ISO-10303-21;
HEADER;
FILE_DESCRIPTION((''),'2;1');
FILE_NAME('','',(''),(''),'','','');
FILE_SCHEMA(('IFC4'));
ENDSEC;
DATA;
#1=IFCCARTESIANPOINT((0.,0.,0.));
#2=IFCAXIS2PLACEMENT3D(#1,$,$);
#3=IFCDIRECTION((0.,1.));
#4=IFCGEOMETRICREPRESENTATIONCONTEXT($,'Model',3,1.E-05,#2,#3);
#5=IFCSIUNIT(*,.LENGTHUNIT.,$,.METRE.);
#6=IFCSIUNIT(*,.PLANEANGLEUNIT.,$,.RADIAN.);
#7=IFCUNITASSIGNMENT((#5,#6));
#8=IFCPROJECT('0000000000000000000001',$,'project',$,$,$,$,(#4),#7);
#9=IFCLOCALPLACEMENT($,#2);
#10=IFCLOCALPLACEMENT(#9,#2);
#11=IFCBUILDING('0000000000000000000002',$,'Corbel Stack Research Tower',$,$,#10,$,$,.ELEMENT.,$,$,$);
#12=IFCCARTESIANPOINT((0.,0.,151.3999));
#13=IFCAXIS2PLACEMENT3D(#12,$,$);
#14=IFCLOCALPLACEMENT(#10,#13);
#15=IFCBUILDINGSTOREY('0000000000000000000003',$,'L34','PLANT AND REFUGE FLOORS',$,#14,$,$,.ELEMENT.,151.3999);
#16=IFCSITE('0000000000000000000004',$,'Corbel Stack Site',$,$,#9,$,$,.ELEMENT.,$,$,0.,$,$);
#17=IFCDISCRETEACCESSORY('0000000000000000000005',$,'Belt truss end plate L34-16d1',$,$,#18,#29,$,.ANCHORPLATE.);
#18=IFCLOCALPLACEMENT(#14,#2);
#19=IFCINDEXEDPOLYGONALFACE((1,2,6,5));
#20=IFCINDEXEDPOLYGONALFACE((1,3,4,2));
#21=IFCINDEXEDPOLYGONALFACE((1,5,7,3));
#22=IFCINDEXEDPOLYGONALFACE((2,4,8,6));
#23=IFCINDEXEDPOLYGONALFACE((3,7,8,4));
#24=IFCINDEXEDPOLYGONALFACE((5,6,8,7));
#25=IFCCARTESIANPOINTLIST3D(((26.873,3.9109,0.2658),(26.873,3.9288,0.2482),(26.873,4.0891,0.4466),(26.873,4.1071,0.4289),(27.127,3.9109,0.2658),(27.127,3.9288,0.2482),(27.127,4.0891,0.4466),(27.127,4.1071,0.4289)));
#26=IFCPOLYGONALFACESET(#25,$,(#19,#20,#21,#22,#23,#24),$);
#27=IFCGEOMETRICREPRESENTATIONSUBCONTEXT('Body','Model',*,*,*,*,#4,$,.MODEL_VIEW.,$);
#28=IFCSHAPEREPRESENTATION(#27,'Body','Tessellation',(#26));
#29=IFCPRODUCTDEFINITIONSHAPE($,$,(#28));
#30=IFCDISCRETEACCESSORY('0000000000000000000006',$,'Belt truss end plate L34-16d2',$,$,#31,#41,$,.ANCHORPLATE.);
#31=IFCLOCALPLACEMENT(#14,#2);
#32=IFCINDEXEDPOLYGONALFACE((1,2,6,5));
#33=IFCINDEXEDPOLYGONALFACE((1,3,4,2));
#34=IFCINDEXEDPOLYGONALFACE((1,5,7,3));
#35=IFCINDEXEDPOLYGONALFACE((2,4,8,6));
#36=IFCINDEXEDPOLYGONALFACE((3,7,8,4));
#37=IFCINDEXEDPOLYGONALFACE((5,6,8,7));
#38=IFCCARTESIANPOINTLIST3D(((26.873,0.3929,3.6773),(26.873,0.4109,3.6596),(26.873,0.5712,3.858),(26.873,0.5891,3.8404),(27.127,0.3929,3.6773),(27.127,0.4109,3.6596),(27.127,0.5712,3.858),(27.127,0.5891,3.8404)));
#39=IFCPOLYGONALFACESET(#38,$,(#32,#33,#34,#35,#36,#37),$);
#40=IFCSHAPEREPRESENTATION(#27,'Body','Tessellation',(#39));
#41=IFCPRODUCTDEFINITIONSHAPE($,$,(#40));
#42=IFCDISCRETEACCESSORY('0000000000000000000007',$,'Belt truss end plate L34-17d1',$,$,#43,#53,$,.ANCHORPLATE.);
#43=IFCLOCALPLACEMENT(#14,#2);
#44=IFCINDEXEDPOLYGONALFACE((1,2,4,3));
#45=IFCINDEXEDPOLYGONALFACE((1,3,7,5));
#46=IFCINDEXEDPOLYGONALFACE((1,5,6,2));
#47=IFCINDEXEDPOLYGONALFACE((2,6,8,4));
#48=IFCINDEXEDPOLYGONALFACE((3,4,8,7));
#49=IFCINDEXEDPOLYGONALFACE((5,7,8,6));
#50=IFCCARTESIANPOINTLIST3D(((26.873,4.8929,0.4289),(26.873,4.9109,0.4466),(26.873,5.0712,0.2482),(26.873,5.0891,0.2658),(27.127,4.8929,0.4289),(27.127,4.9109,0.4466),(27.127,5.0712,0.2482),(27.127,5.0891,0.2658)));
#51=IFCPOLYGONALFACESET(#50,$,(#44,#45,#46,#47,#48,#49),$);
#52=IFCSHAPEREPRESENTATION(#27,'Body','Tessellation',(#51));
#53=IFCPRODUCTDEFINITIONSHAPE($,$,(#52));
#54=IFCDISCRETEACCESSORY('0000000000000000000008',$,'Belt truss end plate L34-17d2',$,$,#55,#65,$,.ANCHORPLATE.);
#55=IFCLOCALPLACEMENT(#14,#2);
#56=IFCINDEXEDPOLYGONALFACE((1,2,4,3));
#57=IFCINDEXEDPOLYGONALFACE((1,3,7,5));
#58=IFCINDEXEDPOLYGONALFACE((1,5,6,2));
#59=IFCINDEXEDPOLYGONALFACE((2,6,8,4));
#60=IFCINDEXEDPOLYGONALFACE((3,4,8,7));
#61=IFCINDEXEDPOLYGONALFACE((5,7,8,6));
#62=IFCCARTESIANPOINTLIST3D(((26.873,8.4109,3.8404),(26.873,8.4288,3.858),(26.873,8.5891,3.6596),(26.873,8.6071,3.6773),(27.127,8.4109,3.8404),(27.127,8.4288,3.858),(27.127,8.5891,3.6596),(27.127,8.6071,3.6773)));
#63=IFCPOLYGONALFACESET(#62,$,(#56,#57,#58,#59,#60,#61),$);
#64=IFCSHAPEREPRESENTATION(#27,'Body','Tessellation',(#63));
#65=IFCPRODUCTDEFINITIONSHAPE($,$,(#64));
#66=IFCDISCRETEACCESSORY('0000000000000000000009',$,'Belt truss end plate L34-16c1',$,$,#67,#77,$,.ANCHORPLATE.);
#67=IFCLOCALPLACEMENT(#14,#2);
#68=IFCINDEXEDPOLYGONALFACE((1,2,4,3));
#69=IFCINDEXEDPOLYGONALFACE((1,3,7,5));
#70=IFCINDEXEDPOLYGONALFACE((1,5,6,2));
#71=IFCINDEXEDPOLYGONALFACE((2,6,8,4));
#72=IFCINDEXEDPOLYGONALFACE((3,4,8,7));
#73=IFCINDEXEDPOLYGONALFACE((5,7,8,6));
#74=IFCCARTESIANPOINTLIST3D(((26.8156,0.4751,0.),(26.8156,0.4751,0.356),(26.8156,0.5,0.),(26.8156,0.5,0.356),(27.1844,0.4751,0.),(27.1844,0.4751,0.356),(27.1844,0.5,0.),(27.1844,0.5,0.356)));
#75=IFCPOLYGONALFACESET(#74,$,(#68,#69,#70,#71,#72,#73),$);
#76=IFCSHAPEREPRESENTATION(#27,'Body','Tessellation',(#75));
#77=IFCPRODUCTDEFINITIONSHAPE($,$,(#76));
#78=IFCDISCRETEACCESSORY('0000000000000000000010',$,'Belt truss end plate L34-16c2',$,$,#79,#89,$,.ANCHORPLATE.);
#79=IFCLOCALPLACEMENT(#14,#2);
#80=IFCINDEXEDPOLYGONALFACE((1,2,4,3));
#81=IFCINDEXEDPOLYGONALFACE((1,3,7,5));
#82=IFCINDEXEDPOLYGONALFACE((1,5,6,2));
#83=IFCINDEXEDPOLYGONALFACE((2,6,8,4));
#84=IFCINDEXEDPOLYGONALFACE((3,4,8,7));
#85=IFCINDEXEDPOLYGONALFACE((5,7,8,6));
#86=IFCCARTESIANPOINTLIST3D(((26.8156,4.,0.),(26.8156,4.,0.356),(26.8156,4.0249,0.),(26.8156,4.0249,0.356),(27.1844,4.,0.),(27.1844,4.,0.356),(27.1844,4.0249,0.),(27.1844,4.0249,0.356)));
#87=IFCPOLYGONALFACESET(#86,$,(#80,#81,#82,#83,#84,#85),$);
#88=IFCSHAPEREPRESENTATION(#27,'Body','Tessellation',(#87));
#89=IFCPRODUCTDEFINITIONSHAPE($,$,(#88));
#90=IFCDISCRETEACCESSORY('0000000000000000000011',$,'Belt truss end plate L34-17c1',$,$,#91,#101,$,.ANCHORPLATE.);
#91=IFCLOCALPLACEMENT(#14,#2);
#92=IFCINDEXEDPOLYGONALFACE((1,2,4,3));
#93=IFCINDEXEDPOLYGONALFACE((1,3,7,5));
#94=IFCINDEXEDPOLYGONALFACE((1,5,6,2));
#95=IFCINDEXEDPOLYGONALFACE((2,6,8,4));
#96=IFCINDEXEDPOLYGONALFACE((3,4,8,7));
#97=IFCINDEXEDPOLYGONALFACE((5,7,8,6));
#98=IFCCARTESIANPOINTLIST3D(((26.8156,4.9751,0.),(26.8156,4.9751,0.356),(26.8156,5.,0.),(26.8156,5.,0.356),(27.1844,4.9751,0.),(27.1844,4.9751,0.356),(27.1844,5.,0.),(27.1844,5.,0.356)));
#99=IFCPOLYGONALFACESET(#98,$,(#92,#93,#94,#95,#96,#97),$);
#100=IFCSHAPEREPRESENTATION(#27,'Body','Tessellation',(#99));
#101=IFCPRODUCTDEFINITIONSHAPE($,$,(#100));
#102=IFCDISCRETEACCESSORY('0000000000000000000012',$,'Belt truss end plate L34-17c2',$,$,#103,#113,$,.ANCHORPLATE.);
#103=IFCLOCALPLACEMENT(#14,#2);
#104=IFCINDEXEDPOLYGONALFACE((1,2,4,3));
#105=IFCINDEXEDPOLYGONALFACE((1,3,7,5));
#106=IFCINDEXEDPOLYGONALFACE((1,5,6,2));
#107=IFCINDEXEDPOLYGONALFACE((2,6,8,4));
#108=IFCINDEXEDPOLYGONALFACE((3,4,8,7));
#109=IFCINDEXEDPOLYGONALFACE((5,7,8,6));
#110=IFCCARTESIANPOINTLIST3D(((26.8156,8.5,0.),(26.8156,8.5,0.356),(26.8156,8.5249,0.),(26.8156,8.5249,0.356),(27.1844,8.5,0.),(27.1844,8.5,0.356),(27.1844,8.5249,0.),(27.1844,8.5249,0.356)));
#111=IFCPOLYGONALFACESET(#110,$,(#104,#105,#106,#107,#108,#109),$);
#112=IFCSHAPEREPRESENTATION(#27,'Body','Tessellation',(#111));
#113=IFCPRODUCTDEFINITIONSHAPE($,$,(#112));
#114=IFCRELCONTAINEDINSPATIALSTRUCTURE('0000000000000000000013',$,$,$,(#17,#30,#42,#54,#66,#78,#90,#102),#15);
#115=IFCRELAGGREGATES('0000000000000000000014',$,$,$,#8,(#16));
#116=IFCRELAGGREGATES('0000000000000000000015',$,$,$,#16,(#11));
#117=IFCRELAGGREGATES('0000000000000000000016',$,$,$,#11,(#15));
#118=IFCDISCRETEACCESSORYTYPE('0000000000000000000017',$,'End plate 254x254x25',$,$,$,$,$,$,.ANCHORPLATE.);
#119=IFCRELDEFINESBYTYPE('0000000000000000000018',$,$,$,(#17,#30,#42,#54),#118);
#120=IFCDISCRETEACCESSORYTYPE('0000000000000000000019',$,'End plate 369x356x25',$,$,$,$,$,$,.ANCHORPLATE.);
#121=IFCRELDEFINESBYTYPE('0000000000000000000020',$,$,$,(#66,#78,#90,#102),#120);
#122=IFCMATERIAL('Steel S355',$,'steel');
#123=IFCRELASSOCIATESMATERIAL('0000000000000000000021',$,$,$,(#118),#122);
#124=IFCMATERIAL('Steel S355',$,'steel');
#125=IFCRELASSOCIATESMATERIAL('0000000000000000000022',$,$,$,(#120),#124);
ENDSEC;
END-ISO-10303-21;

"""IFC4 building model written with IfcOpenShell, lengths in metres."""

from ifc_helpers import new_model, si_unit, direction, frame, origin, origin_2d, place, context, subcontext, project, spatial, rectangle, extrude, material, material_profile, profile_set, type_object, element, save


model = new_model("IFC4")

# Units and contexts
model_context = context("Model", 3, precision=1e-05, world=origin(), true_north=direction((0.0, 1.0)))
body_context = subcontext(model_context, "Body", "Model", "MODEL_VIEW")
ifc_project = project(units=[si_unit("LENGTHUNIT", "METRE"), si_unit("PLANEANGLEUNIT", "RADIAN")], contexts=[model_context])

# Site, building, storey
site_placement = place(None, origin())
site = spatial("IfcSite", under=ifc_project, at=site_placement, Name="Corbel Stack Site", CompositionType="ELEMENT", RefElevation=0.0)
building_placement = place(site_placement, origin())
building = spatial("IfcBuilding", under=site, at=building_placement, Name="Corbel Stack Research Tower", CompositionType="ELEMENT")
storey_placement = place(building_placement, frame((0.0, 0.0, 151.3999)))
storey = spatial("IfcBuildingStorey", under=building, at=storey_placement, Name="L34", Description="PLANT AND REFUGE FLOORS", CompositionType="ELEMENT", Elevation=151.3999)

# Discrete accessories
ifc_material_1 = material(Name="Steel S355", Category="steel")
ifc_material_profile_1 = material_profile(ifc_material_1, rectangle(XDim=0.2539, YDim=0.2539, at=origin_2d()), Name="End plate 254x254x25")
ifc_profile_set_1 = profile_set([ifc_material_profile_1], Name="Steel S355")
discrete_accessory_type_1 = type_object("IfcDiscreteAccessoryType", Name="End plate 254x254x25", PredefinedType="ANCHORPLATE", material=ifc_profile_set_1)
for number, where, z_axis, x_axis, name in (
    (1, (27.0, 4.0, 0.3562), (0.0, 0.711966, -0.702213), (-1.0, 0.0, 0.0), "Belt truss end plate L34-16d1"),
    (2, (27.0, 0.5, 3.75), (0.0, -0.711966, 0.702213), (1.0, 0.0, 0.0), "Belt truss end plate L34-16d2"),
    (3, (27.0, 5.0, 0.3562), (0.0, -0.711966, -0.702213), (1.0, 0.0, 0.0), "Belt truss end plate L34-17d1"),
    (4, (27.0, 8.5, 3.75), (0.0, 0.711966, 0.702213), (-1.0, 0.0, 0.0), "Belt truss end plate L34-17d2"),
):
    element("IfcDiscreteAccessory", number, at=place(storey_placement, frame(where, z_axis=z_axis, x_axis=x_axis)), inside=storey, type_object=discrete_accessory_type_1, Name=name, PredefinedType="ANCHORPLATE", context=body_context, shape_type="SweptSolid", body=[
        extrude(rectangle(XDim=0.2539, YDim=0.2539, at=origin_2d()), origin(), (0.0, 0.0, 1.0), 0.0251),
    ])
ifc_material_2 = material(Name="Steel S355", Category="steel")
ifc_material_profile_2 = material_profile(ifc_material_2, rectangle(XDim=0.3689, YDim=0.356, at=origin_2d()), Name="End plate 369x356x25")
ifc_profile_set_2 = profile_set([ifc_material_profile_2], Name="Steel S355")
discrete_accessory_type_2 = type_object("IfcDiscreteAccessoryType", Name="End plate 369x356x25", PredefinedType="ANCHORPLATE", material=ifc_profile_set_2)
for number, where, z_axis, x_axis, name in (
    (5, (27.0, 0.5, 0.178), (0.0, -1.0, 0.0), (1.0, 0.0, 0.0), "Belt truss end plate L34-16c1"),
    (6, (27.0, 4.0, 0.178), (0.0, 1.0, 0.0), (-1.0, 0.0, 0.0), "Belt truss end plate L34-16c2"),
    (7, (27.0, 5.0, 0.178), (0.0, -1.0, 0.0), (1.0, 0.0, 0.0), "Belt truss end plate L34-17c1"),
    (8, (27.0, 8.5, 0.178), (0.0, 1.0, 0.0), (-1.0, 0.0, 0.0), "Belt truss end plate L34-17c2"),
):
    element("IfcDiscreteAccessory", number, at=place(storey_placement, frame(where, z_axis=z_axis, x_axis=x_axis)), inside=storey, type_object=discrete_accessory_type_2, Name=name, PredefinedType="ANCHORPLATE", context=body_context, shape_type="SweptSolid", body=[
        extrude(rectangle(XDim=0.3689, YDim=0.356, at=origin_2d()), origin(), (0.0, 0.0, 1.0), 0.0249),
    ])

save(model, "model.ifc")
